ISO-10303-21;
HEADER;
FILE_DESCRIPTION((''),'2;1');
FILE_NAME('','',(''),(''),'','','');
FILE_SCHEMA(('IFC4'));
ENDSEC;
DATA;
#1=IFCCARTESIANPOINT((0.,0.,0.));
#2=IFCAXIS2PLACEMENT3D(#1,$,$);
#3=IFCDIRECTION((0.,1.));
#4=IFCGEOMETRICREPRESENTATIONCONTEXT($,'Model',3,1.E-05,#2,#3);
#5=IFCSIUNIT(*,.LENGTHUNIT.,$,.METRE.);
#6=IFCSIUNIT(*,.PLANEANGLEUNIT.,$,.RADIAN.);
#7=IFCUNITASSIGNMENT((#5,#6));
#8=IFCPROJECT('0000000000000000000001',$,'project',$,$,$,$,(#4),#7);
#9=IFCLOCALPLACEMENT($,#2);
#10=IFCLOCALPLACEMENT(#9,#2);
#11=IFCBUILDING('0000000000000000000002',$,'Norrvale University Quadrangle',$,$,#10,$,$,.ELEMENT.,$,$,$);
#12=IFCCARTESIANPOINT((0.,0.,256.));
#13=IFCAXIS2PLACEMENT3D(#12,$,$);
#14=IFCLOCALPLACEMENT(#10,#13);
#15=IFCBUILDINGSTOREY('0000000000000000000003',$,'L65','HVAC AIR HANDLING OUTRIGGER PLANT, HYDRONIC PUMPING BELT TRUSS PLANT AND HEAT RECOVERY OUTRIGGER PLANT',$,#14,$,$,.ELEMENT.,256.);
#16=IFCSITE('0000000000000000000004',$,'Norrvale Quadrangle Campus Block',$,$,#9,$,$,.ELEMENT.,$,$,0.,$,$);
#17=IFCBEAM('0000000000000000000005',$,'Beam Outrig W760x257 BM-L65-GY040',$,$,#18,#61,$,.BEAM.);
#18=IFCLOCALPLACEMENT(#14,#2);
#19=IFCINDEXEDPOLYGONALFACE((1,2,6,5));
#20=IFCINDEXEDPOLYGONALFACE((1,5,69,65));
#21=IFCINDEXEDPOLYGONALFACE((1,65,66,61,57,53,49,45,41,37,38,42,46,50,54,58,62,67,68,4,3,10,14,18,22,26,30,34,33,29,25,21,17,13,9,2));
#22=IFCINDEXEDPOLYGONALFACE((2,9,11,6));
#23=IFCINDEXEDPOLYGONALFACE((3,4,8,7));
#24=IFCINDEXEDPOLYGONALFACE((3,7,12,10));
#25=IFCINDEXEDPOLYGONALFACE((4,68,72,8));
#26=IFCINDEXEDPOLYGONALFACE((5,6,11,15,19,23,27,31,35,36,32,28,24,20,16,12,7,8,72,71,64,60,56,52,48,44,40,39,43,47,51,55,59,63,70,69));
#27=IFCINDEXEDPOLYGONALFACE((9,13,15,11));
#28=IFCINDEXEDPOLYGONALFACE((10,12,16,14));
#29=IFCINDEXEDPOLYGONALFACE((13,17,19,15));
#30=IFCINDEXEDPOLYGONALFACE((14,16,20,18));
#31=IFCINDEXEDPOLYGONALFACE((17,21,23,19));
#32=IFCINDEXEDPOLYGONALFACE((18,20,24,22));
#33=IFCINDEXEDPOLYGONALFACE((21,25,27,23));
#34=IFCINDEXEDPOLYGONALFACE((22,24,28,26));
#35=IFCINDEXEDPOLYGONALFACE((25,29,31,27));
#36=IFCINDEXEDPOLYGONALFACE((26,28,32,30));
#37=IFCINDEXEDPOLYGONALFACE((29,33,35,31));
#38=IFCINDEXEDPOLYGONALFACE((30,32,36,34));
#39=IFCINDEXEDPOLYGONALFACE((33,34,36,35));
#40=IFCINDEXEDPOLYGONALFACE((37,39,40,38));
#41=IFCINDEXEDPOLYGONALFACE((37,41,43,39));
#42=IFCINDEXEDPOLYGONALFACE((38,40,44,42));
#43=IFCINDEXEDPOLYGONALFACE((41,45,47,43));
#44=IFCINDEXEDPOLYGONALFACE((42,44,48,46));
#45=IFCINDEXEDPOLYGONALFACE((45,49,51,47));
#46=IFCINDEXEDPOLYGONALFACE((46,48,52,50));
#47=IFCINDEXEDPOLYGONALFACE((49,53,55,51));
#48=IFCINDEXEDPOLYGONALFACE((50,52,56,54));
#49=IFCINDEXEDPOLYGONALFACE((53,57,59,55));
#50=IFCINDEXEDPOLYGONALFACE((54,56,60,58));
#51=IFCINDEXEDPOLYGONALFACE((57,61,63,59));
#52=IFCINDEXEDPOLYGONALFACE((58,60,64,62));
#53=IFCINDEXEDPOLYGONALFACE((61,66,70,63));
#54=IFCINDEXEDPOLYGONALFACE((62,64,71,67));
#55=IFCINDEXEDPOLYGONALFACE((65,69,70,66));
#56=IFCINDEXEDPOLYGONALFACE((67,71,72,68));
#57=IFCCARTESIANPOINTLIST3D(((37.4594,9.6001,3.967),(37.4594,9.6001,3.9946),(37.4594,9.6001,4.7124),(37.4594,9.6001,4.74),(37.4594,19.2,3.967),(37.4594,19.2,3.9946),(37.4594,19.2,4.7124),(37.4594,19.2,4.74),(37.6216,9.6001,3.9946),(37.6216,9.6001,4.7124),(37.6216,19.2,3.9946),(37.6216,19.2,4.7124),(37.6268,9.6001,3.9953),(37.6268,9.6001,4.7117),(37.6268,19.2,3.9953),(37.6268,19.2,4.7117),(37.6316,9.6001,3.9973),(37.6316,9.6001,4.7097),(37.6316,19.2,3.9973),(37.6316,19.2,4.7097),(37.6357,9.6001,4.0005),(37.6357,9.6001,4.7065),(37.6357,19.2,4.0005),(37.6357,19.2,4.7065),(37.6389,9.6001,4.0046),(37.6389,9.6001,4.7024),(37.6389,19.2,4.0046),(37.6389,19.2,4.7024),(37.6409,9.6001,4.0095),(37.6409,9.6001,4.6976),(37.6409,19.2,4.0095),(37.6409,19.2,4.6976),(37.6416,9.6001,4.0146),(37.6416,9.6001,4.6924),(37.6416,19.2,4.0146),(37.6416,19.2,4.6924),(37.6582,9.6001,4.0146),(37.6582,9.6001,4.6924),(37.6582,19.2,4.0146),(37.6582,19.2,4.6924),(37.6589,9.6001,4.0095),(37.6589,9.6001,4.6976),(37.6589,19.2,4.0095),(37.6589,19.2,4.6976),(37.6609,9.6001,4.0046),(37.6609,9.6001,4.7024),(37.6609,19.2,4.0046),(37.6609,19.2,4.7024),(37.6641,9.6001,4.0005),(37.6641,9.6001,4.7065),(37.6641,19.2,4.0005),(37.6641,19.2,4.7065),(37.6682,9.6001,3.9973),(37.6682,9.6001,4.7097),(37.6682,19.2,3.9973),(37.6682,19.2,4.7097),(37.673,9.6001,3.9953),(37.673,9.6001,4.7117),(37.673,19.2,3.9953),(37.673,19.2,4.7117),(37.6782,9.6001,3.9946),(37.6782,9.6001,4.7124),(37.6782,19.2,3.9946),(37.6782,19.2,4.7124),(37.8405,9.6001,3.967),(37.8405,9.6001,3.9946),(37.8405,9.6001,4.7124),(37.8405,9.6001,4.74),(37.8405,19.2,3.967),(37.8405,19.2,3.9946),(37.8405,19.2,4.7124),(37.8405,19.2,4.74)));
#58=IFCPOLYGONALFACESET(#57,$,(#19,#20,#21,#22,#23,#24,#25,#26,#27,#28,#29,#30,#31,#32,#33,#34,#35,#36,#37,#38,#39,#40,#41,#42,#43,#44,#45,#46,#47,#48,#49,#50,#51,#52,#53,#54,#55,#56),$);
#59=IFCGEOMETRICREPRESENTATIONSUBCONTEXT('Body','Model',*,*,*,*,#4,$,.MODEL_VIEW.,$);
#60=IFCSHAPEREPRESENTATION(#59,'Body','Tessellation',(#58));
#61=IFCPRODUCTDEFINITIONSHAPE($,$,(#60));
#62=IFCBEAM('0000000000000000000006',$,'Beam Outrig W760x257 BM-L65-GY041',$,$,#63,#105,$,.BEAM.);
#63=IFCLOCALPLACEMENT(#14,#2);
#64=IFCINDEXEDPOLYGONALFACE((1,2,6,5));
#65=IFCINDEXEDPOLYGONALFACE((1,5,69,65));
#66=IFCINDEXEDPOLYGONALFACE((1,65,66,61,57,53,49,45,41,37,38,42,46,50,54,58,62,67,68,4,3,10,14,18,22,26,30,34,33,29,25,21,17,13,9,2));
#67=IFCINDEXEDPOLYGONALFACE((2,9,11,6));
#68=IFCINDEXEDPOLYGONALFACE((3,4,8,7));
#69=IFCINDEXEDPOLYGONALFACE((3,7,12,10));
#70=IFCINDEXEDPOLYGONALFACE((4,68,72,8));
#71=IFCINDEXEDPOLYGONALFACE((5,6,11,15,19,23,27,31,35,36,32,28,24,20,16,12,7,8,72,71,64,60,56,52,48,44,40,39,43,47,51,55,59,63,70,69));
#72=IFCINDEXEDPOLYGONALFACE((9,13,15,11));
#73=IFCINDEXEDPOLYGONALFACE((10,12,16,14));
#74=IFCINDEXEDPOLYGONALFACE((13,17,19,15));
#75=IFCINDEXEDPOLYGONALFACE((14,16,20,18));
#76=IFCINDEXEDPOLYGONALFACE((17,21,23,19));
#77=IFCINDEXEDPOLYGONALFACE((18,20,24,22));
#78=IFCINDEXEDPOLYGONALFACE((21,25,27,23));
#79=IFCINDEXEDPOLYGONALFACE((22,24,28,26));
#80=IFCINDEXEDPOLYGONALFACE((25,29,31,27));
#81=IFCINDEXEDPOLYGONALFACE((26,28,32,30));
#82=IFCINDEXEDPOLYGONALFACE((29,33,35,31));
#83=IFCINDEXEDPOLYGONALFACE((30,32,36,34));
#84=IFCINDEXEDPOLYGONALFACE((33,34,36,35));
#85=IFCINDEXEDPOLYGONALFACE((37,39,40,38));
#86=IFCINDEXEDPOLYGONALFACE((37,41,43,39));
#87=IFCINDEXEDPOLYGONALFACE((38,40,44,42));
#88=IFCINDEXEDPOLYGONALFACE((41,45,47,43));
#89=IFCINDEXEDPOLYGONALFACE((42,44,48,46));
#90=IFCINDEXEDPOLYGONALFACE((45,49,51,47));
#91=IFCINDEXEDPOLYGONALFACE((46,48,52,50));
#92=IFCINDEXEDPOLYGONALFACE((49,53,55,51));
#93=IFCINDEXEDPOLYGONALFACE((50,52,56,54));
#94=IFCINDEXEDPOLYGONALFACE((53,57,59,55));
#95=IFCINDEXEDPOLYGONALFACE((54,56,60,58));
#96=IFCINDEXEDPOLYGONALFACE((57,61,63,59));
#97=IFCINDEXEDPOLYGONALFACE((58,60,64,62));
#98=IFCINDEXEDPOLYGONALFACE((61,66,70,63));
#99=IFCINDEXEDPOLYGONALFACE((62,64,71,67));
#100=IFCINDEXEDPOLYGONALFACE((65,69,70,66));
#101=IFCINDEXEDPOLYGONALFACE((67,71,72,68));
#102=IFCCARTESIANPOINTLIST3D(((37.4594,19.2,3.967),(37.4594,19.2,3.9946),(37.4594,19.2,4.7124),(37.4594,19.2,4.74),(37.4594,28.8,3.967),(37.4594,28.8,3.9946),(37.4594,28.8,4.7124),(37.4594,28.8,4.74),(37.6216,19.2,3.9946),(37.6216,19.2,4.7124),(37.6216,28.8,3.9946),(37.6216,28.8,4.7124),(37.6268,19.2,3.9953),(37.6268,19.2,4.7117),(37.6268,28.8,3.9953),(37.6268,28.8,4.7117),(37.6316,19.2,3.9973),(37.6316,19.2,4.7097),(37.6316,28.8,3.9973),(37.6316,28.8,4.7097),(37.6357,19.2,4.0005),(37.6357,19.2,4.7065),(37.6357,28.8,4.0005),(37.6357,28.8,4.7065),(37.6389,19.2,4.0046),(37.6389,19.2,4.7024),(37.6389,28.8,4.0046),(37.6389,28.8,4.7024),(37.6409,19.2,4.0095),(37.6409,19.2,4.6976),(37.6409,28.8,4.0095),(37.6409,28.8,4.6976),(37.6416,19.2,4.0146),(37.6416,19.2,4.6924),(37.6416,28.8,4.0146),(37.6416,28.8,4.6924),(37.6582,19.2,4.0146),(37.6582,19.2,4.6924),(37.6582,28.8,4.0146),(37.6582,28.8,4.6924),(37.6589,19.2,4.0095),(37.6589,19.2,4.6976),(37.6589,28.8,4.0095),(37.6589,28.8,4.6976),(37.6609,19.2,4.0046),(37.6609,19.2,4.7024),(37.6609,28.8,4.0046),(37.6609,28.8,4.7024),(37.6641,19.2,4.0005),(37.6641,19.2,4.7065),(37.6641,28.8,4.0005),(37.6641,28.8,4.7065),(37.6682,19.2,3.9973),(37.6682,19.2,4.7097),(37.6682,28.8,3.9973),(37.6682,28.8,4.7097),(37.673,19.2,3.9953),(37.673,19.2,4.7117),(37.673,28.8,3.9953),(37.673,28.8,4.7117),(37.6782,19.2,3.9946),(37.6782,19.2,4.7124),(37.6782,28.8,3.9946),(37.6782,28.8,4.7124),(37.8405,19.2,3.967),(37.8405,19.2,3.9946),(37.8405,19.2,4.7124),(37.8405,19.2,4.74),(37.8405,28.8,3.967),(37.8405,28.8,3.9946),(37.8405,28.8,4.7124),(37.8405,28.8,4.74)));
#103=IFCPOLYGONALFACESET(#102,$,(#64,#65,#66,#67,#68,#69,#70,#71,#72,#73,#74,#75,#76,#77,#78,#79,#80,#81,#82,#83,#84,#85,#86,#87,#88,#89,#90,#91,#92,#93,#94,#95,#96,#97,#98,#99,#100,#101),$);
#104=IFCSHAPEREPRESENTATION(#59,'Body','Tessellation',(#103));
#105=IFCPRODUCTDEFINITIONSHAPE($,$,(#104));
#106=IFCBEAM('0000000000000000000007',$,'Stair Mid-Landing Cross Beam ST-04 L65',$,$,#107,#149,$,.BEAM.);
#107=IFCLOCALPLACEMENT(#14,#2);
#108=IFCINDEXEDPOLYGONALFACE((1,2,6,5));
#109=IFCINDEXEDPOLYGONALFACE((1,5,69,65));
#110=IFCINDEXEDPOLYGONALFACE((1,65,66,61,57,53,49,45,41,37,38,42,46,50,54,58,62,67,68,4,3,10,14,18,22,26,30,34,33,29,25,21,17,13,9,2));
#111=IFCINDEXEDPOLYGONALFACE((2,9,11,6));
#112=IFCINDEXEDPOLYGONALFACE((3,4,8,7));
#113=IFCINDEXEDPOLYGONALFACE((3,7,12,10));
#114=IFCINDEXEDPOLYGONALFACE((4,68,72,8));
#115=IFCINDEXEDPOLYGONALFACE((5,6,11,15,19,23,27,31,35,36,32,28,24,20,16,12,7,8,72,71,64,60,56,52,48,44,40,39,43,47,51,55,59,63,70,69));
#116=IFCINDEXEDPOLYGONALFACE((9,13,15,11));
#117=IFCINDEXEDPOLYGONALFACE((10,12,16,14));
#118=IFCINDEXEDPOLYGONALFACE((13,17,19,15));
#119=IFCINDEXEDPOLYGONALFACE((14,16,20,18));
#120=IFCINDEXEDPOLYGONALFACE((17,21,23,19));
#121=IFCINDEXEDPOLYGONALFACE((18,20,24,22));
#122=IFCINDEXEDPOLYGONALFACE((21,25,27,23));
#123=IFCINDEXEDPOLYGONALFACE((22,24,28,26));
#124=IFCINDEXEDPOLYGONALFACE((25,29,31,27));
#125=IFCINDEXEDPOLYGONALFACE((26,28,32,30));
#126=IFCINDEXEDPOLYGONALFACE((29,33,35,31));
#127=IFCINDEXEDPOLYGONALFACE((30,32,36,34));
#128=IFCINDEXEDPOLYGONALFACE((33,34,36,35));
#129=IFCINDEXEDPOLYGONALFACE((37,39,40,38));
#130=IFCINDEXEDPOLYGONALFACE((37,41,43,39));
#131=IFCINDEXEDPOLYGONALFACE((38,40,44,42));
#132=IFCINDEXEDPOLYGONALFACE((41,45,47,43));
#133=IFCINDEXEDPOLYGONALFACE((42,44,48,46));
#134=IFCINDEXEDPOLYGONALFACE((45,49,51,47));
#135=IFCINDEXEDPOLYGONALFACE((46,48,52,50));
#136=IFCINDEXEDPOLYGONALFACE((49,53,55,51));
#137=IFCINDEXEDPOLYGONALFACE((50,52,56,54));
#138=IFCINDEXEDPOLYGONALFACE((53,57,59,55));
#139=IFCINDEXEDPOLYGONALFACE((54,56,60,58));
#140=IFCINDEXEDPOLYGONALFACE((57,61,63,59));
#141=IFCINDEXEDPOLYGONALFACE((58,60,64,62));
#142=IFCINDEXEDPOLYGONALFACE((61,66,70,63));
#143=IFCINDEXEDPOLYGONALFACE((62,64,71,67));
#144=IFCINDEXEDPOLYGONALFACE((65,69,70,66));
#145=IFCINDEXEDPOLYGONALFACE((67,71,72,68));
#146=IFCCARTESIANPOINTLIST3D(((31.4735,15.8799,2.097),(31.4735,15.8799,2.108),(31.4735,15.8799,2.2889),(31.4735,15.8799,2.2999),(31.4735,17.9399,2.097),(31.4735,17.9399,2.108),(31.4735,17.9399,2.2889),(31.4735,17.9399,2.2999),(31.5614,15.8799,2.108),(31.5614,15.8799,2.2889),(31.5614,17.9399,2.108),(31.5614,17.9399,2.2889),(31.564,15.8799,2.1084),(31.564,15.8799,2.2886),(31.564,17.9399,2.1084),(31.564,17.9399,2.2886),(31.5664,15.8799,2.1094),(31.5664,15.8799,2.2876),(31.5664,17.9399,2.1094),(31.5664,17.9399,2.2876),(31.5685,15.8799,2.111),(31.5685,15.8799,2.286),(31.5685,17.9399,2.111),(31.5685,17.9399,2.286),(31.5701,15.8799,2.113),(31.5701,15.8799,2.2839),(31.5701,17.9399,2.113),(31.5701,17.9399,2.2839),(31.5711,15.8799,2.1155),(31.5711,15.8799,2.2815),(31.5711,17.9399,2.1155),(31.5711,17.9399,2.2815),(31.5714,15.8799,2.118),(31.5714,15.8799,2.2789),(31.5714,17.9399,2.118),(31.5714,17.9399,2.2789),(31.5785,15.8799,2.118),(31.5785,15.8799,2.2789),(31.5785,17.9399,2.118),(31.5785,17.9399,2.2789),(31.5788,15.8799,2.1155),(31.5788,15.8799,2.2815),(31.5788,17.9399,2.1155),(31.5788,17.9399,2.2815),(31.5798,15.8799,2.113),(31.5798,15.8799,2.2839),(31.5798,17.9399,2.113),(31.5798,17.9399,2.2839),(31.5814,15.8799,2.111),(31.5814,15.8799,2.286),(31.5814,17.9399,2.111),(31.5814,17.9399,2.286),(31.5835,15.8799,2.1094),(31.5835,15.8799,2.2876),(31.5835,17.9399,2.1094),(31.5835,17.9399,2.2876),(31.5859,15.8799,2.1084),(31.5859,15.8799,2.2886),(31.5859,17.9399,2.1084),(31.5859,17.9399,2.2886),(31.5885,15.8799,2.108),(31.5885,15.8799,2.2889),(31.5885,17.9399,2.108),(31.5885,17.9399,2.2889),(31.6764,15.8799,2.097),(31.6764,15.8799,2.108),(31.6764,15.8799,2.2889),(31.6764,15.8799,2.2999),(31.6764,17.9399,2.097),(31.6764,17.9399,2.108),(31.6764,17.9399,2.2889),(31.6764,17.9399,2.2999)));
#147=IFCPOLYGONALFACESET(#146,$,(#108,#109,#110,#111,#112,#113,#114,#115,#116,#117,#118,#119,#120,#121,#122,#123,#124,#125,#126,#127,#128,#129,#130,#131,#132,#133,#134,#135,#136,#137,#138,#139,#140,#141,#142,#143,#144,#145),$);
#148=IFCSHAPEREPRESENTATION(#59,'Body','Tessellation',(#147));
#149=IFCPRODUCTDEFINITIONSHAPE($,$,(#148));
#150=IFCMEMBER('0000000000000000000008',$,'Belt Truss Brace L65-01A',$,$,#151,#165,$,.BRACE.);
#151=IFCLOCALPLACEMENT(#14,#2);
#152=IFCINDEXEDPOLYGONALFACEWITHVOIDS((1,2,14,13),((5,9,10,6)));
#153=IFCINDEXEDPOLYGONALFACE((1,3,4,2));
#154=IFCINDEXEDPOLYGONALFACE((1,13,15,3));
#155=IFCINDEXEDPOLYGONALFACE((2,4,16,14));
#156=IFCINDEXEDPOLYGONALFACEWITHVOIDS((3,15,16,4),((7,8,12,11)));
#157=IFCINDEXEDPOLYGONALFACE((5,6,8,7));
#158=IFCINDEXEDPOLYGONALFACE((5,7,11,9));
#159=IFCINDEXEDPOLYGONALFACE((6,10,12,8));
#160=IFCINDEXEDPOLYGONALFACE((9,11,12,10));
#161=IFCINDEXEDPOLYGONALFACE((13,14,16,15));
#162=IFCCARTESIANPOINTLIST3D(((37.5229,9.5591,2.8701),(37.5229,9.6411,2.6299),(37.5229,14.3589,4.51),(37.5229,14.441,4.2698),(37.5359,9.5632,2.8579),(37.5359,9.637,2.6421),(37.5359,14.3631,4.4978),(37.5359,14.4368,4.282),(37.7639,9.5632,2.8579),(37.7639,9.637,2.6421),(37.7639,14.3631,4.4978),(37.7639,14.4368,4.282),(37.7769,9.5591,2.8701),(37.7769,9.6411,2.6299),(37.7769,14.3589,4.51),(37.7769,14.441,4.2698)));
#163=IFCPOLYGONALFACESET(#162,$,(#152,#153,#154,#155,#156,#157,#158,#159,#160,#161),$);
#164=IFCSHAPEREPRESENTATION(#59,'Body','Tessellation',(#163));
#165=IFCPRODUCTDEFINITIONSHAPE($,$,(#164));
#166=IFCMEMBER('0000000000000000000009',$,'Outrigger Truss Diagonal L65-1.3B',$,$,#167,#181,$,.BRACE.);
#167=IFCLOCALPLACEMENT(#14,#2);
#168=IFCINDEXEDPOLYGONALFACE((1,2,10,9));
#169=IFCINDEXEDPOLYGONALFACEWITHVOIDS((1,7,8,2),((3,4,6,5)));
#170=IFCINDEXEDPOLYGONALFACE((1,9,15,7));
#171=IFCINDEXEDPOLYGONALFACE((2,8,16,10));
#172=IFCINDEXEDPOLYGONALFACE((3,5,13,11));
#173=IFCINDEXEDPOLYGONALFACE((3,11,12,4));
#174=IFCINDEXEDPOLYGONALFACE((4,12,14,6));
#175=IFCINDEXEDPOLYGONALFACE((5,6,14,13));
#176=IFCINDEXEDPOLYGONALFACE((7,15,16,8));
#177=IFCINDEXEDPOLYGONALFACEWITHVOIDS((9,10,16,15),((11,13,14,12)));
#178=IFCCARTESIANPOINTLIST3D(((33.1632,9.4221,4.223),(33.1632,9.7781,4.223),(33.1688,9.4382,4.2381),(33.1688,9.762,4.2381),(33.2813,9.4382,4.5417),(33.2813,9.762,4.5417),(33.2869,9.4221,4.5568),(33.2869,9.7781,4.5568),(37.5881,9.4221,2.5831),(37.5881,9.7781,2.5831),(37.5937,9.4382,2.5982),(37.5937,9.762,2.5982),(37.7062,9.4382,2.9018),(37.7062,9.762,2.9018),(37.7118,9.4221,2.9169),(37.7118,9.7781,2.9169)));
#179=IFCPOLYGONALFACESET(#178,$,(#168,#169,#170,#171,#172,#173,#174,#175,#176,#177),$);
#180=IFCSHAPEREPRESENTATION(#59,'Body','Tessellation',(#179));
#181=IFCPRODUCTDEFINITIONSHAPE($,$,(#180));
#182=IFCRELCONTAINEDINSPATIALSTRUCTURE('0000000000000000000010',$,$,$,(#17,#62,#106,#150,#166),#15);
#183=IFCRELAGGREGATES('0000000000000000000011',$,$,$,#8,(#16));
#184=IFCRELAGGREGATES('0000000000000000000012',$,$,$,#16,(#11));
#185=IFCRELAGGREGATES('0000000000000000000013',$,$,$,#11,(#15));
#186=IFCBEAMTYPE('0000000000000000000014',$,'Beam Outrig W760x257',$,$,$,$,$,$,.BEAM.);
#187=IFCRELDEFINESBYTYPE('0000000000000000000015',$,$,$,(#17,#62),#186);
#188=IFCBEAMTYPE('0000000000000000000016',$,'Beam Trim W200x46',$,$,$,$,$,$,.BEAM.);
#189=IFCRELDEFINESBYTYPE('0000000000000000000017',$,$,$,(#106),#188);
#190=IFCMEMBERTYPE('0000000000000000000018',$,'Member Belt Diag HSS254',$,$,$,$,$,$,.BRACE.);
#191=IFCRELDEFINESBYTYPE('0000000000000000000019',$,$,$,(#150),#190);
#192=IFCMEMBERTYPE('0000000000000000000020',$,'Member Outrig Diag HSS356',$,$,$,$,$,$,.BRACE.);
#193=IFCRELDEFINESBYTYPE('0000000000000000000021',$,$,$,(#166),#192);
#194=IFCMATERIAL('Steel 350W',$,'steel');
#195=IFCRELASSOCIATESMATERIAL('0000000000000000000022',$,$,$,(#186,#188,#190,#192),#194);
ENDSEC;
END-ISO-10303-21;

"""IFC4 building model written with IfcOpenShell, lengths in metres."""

from ifc_helpers import new_model, si_unit, direction, frame, origin, origin_2d, place, context, subcontext, project, spatial, hollow_rectangle, i_section, extrude, material, material_profile, profile_set, type_object, element, save


model = new_model("IFC4")

# Units and contexts
model_context = context("Model", 3, precision=1e-05, world=origin(), true_north=direction((0.0, 1.0)))
body_context = subcontext(model_context, "Body", "Model", "MODEL_VIEW")
ifc_project = project(units=[si_unit("LENGTHUNIT", "METRE"), si_unit("PLANEANGLEUNIT", "RADIAN")], contexts=[model_context])

# Site, building, storey
site_placement = place(None, origin())
site = spatial("IfcSite", under=ifc_project, at=site_placement, Name="Norrvale Quadrangle Campus Block", CompositionType="ELEMENT", RefElevation=0.0)
building_placement = place(site_placement, origin())
building = spatial("IfcBuilding", under=site, at=building_placement, Name="Norrvale University Quadrangle", CompositionType="ELEMENT")
storey_placement = place(building_placement, frame((0.0, 0.0, 256.0)))
storey = spatial("IfcBuildingStorey", under=building, at=storey_placement, Name="L65", Description="HVAC AIR HANDLING OUTRIGGER PLANT, HYDRONIC PUMPING BELT TRUSS PLANT AND HEAT RECOVERY OUTRIGGER PLANT", CompositionType="ELEMENT", Elevation=256.0)

# Beams
ifc_material_1 = material(Name="Steel 350W", Category="steel")
ifc_material_profile_1 = material_profile(ifc_material_1, i_section(OverallWidth=0.3811, OverallDepth=0.7729, WebThickness=0.0166, FlangeThickness=0.0276, FilletRadius=0.02, at=origin_2d()), Name="Steel 350W")
ifc_profile_set_1 = profile_set([ifc_material_profile_1], Name="Steel 350W")
beam_type_1 = type_object("IfcBeamType", Name="Beam Outrig W760x257", PredefinedType="BEAM", material=ifc_profile_set_1)
beam_1_placement = place(storey_placement, frame((37.6499, 9.6001, 4.3535), z_axis=(0.0, 1.0, 0.0), x_axis=(-1.0, 0.0, 0.0)))
element("IfcBeam", 1, at=beam_1_placement, inside=storey, type_object=beam_type_1, Name="Beam Outrig W760x257 BM-L65-GY040", PredefinedType="BEAM", context=body_context, shape_type="SweptSolid", body=[
    extrude(i_section(OverallWidth=0.3811, OverallDepth=0.7729, WebThickness=0.0166, FlangeThickness=0.0276, FilletRadius=0.02, at=origin_2d()), origin(), (0.0, 0.0, 1.0), 9.5999),
])
beam_2_placement = place(storey_placement, frame((37.6499, 19.2, 4.3535), z_axis=(0.0, 1.0, 0.0), x_axis=(-1.0, 0.0, 0.0)))
element("IfcBeam", 2, at=beam_2_placement, inside=storey, type_object=beam_type_1, Name="Beam Outrig W760x257 BM-L65-GY041", PredefinedType="BEAM", context=body_context, shape_type="SweptSolid", body=[
    extrude(i_section(OverallWidth=0.3811, OverallDepth=0.7729, WebThickness=0.0166, FlangeThickness=0.0276, FilletRadius=0.02, at=origin_2d()), origin(), (0.0, 0.0, 1.0), 9.6001),
])
ifc_material_profile_2 = material_profile(ifc_material_1, i_section(OverallWidth=0.2029, OverallDepth=0.2029, WebThickness=0.0071, FlangeThickness=0.011, FilletRadius=0.01, at=origin_2d()), Name="Steel 350W")
ifc_profile_set_2 = profile_set([ifc_material_profile_2], Name="Steel 350W")
beam_type_2 = type_object("IfcBeamType", Name="Beam Trim W200x46", PredefinedType="BEAM", material=ifc_profile_set_2)
beam_3_placement = place(storey_placement, frame((31.575, 15.8799, 2.1985), z_axis=(0.0, 1.0, 0.0), x_axis=(-1.0, 0.0, 0.0)))
element("IfcBeam", 3, at=beam_3_placement, inside=storey, type_object=beam_type_2, Name="Stair Mid-Landing Cross Beam ST-04 L65", PredefinedType="BEAM", context=body_context, shape_type="SweptSolid", body=[
    extrude(i_section(OverallWidth=0.2029, OverallDepth=0.2029, WebThickness=0.0071, FlangeThickness=0.011, FilletRadius=0.01, at=origin_2d()), origin(), (0.0, 0.0, 1.0), 2.0601),
])

# Members
ifc_material_profile_3 = material_profile(ifc_material_1, hollow_rectangle(XDim=0.2539, YDim=0.2539, WallThickness=0.0129, at=origin_2d()), Name="Steel 350W")
ifc_profile_set_3 = profile_set([ifc_material_profile_3], Name="Steel 350W")
member_type_1 = type_object("IfcMemberType", Name="Member Belt Diag HSS254", PredefinedType="BRACE", material=ifc_profile_set_3)
member_1_placement = place(storey_placement, frame((37.6499, 9.6001, 2.75), z_axis=(0.0, 0.946293, 0.323309), x_axis=(-1.0, 0.0, 0.0)))
element("IfcMember", 4, at=member_1_placement, inside=storey, type_object=member_type_1, Name="Belt Truss Brace L65-01A", PredefinedType="BRACE", context=body_context, shape_type="SweptSolid", body=[
    extrude(hollow_rectangle(XDim=0.2539, YDim=0.2539, WallThickness=0.0129, at=origin_2d()), origin(), (0.0, 0.0, 1.0), 5.0723),
])
ifc_material_profile_4 = material_profile(ifc_material_1, hollow_rectangle(XDim=0.356, YDim=0.356, WallThickness=0.0161, at=origin_2d()), Name="Steel 350W")
ifc_profile_set_4 = profile_set([ifc_material_profile_4], Name="Steel 350W")
member_type_2 = type_object("IfcMemberType", Name="Member Outrig Diag HSS356", PredefinedType="BRACE", material=ifc_profile_set_4)
member_2_placement = place(storey_placement, frame((37.6499, 9.6001, 2.75), z_axis=(-0.937674, 0.0, 0.347515), x_axis=(0.0, -1.0, 0.0)))
element("IfcMember", 5, at=member_2_placement, inside=storey, type_object=member_type_2, Name="Outrigger Truss Diagonal L65-1.3B", PredefinedType="BRACE", context=body_context, shape_type="SweptSolid", body=[
    extrude(hollow_rectangle(XDim=0.356, YDim=0.356, WallThickness=0.0161, at=origin_2d()), origin(), (0.0, 0.0, 1.0), 4.719),
])

save(model, "model.ifc")
